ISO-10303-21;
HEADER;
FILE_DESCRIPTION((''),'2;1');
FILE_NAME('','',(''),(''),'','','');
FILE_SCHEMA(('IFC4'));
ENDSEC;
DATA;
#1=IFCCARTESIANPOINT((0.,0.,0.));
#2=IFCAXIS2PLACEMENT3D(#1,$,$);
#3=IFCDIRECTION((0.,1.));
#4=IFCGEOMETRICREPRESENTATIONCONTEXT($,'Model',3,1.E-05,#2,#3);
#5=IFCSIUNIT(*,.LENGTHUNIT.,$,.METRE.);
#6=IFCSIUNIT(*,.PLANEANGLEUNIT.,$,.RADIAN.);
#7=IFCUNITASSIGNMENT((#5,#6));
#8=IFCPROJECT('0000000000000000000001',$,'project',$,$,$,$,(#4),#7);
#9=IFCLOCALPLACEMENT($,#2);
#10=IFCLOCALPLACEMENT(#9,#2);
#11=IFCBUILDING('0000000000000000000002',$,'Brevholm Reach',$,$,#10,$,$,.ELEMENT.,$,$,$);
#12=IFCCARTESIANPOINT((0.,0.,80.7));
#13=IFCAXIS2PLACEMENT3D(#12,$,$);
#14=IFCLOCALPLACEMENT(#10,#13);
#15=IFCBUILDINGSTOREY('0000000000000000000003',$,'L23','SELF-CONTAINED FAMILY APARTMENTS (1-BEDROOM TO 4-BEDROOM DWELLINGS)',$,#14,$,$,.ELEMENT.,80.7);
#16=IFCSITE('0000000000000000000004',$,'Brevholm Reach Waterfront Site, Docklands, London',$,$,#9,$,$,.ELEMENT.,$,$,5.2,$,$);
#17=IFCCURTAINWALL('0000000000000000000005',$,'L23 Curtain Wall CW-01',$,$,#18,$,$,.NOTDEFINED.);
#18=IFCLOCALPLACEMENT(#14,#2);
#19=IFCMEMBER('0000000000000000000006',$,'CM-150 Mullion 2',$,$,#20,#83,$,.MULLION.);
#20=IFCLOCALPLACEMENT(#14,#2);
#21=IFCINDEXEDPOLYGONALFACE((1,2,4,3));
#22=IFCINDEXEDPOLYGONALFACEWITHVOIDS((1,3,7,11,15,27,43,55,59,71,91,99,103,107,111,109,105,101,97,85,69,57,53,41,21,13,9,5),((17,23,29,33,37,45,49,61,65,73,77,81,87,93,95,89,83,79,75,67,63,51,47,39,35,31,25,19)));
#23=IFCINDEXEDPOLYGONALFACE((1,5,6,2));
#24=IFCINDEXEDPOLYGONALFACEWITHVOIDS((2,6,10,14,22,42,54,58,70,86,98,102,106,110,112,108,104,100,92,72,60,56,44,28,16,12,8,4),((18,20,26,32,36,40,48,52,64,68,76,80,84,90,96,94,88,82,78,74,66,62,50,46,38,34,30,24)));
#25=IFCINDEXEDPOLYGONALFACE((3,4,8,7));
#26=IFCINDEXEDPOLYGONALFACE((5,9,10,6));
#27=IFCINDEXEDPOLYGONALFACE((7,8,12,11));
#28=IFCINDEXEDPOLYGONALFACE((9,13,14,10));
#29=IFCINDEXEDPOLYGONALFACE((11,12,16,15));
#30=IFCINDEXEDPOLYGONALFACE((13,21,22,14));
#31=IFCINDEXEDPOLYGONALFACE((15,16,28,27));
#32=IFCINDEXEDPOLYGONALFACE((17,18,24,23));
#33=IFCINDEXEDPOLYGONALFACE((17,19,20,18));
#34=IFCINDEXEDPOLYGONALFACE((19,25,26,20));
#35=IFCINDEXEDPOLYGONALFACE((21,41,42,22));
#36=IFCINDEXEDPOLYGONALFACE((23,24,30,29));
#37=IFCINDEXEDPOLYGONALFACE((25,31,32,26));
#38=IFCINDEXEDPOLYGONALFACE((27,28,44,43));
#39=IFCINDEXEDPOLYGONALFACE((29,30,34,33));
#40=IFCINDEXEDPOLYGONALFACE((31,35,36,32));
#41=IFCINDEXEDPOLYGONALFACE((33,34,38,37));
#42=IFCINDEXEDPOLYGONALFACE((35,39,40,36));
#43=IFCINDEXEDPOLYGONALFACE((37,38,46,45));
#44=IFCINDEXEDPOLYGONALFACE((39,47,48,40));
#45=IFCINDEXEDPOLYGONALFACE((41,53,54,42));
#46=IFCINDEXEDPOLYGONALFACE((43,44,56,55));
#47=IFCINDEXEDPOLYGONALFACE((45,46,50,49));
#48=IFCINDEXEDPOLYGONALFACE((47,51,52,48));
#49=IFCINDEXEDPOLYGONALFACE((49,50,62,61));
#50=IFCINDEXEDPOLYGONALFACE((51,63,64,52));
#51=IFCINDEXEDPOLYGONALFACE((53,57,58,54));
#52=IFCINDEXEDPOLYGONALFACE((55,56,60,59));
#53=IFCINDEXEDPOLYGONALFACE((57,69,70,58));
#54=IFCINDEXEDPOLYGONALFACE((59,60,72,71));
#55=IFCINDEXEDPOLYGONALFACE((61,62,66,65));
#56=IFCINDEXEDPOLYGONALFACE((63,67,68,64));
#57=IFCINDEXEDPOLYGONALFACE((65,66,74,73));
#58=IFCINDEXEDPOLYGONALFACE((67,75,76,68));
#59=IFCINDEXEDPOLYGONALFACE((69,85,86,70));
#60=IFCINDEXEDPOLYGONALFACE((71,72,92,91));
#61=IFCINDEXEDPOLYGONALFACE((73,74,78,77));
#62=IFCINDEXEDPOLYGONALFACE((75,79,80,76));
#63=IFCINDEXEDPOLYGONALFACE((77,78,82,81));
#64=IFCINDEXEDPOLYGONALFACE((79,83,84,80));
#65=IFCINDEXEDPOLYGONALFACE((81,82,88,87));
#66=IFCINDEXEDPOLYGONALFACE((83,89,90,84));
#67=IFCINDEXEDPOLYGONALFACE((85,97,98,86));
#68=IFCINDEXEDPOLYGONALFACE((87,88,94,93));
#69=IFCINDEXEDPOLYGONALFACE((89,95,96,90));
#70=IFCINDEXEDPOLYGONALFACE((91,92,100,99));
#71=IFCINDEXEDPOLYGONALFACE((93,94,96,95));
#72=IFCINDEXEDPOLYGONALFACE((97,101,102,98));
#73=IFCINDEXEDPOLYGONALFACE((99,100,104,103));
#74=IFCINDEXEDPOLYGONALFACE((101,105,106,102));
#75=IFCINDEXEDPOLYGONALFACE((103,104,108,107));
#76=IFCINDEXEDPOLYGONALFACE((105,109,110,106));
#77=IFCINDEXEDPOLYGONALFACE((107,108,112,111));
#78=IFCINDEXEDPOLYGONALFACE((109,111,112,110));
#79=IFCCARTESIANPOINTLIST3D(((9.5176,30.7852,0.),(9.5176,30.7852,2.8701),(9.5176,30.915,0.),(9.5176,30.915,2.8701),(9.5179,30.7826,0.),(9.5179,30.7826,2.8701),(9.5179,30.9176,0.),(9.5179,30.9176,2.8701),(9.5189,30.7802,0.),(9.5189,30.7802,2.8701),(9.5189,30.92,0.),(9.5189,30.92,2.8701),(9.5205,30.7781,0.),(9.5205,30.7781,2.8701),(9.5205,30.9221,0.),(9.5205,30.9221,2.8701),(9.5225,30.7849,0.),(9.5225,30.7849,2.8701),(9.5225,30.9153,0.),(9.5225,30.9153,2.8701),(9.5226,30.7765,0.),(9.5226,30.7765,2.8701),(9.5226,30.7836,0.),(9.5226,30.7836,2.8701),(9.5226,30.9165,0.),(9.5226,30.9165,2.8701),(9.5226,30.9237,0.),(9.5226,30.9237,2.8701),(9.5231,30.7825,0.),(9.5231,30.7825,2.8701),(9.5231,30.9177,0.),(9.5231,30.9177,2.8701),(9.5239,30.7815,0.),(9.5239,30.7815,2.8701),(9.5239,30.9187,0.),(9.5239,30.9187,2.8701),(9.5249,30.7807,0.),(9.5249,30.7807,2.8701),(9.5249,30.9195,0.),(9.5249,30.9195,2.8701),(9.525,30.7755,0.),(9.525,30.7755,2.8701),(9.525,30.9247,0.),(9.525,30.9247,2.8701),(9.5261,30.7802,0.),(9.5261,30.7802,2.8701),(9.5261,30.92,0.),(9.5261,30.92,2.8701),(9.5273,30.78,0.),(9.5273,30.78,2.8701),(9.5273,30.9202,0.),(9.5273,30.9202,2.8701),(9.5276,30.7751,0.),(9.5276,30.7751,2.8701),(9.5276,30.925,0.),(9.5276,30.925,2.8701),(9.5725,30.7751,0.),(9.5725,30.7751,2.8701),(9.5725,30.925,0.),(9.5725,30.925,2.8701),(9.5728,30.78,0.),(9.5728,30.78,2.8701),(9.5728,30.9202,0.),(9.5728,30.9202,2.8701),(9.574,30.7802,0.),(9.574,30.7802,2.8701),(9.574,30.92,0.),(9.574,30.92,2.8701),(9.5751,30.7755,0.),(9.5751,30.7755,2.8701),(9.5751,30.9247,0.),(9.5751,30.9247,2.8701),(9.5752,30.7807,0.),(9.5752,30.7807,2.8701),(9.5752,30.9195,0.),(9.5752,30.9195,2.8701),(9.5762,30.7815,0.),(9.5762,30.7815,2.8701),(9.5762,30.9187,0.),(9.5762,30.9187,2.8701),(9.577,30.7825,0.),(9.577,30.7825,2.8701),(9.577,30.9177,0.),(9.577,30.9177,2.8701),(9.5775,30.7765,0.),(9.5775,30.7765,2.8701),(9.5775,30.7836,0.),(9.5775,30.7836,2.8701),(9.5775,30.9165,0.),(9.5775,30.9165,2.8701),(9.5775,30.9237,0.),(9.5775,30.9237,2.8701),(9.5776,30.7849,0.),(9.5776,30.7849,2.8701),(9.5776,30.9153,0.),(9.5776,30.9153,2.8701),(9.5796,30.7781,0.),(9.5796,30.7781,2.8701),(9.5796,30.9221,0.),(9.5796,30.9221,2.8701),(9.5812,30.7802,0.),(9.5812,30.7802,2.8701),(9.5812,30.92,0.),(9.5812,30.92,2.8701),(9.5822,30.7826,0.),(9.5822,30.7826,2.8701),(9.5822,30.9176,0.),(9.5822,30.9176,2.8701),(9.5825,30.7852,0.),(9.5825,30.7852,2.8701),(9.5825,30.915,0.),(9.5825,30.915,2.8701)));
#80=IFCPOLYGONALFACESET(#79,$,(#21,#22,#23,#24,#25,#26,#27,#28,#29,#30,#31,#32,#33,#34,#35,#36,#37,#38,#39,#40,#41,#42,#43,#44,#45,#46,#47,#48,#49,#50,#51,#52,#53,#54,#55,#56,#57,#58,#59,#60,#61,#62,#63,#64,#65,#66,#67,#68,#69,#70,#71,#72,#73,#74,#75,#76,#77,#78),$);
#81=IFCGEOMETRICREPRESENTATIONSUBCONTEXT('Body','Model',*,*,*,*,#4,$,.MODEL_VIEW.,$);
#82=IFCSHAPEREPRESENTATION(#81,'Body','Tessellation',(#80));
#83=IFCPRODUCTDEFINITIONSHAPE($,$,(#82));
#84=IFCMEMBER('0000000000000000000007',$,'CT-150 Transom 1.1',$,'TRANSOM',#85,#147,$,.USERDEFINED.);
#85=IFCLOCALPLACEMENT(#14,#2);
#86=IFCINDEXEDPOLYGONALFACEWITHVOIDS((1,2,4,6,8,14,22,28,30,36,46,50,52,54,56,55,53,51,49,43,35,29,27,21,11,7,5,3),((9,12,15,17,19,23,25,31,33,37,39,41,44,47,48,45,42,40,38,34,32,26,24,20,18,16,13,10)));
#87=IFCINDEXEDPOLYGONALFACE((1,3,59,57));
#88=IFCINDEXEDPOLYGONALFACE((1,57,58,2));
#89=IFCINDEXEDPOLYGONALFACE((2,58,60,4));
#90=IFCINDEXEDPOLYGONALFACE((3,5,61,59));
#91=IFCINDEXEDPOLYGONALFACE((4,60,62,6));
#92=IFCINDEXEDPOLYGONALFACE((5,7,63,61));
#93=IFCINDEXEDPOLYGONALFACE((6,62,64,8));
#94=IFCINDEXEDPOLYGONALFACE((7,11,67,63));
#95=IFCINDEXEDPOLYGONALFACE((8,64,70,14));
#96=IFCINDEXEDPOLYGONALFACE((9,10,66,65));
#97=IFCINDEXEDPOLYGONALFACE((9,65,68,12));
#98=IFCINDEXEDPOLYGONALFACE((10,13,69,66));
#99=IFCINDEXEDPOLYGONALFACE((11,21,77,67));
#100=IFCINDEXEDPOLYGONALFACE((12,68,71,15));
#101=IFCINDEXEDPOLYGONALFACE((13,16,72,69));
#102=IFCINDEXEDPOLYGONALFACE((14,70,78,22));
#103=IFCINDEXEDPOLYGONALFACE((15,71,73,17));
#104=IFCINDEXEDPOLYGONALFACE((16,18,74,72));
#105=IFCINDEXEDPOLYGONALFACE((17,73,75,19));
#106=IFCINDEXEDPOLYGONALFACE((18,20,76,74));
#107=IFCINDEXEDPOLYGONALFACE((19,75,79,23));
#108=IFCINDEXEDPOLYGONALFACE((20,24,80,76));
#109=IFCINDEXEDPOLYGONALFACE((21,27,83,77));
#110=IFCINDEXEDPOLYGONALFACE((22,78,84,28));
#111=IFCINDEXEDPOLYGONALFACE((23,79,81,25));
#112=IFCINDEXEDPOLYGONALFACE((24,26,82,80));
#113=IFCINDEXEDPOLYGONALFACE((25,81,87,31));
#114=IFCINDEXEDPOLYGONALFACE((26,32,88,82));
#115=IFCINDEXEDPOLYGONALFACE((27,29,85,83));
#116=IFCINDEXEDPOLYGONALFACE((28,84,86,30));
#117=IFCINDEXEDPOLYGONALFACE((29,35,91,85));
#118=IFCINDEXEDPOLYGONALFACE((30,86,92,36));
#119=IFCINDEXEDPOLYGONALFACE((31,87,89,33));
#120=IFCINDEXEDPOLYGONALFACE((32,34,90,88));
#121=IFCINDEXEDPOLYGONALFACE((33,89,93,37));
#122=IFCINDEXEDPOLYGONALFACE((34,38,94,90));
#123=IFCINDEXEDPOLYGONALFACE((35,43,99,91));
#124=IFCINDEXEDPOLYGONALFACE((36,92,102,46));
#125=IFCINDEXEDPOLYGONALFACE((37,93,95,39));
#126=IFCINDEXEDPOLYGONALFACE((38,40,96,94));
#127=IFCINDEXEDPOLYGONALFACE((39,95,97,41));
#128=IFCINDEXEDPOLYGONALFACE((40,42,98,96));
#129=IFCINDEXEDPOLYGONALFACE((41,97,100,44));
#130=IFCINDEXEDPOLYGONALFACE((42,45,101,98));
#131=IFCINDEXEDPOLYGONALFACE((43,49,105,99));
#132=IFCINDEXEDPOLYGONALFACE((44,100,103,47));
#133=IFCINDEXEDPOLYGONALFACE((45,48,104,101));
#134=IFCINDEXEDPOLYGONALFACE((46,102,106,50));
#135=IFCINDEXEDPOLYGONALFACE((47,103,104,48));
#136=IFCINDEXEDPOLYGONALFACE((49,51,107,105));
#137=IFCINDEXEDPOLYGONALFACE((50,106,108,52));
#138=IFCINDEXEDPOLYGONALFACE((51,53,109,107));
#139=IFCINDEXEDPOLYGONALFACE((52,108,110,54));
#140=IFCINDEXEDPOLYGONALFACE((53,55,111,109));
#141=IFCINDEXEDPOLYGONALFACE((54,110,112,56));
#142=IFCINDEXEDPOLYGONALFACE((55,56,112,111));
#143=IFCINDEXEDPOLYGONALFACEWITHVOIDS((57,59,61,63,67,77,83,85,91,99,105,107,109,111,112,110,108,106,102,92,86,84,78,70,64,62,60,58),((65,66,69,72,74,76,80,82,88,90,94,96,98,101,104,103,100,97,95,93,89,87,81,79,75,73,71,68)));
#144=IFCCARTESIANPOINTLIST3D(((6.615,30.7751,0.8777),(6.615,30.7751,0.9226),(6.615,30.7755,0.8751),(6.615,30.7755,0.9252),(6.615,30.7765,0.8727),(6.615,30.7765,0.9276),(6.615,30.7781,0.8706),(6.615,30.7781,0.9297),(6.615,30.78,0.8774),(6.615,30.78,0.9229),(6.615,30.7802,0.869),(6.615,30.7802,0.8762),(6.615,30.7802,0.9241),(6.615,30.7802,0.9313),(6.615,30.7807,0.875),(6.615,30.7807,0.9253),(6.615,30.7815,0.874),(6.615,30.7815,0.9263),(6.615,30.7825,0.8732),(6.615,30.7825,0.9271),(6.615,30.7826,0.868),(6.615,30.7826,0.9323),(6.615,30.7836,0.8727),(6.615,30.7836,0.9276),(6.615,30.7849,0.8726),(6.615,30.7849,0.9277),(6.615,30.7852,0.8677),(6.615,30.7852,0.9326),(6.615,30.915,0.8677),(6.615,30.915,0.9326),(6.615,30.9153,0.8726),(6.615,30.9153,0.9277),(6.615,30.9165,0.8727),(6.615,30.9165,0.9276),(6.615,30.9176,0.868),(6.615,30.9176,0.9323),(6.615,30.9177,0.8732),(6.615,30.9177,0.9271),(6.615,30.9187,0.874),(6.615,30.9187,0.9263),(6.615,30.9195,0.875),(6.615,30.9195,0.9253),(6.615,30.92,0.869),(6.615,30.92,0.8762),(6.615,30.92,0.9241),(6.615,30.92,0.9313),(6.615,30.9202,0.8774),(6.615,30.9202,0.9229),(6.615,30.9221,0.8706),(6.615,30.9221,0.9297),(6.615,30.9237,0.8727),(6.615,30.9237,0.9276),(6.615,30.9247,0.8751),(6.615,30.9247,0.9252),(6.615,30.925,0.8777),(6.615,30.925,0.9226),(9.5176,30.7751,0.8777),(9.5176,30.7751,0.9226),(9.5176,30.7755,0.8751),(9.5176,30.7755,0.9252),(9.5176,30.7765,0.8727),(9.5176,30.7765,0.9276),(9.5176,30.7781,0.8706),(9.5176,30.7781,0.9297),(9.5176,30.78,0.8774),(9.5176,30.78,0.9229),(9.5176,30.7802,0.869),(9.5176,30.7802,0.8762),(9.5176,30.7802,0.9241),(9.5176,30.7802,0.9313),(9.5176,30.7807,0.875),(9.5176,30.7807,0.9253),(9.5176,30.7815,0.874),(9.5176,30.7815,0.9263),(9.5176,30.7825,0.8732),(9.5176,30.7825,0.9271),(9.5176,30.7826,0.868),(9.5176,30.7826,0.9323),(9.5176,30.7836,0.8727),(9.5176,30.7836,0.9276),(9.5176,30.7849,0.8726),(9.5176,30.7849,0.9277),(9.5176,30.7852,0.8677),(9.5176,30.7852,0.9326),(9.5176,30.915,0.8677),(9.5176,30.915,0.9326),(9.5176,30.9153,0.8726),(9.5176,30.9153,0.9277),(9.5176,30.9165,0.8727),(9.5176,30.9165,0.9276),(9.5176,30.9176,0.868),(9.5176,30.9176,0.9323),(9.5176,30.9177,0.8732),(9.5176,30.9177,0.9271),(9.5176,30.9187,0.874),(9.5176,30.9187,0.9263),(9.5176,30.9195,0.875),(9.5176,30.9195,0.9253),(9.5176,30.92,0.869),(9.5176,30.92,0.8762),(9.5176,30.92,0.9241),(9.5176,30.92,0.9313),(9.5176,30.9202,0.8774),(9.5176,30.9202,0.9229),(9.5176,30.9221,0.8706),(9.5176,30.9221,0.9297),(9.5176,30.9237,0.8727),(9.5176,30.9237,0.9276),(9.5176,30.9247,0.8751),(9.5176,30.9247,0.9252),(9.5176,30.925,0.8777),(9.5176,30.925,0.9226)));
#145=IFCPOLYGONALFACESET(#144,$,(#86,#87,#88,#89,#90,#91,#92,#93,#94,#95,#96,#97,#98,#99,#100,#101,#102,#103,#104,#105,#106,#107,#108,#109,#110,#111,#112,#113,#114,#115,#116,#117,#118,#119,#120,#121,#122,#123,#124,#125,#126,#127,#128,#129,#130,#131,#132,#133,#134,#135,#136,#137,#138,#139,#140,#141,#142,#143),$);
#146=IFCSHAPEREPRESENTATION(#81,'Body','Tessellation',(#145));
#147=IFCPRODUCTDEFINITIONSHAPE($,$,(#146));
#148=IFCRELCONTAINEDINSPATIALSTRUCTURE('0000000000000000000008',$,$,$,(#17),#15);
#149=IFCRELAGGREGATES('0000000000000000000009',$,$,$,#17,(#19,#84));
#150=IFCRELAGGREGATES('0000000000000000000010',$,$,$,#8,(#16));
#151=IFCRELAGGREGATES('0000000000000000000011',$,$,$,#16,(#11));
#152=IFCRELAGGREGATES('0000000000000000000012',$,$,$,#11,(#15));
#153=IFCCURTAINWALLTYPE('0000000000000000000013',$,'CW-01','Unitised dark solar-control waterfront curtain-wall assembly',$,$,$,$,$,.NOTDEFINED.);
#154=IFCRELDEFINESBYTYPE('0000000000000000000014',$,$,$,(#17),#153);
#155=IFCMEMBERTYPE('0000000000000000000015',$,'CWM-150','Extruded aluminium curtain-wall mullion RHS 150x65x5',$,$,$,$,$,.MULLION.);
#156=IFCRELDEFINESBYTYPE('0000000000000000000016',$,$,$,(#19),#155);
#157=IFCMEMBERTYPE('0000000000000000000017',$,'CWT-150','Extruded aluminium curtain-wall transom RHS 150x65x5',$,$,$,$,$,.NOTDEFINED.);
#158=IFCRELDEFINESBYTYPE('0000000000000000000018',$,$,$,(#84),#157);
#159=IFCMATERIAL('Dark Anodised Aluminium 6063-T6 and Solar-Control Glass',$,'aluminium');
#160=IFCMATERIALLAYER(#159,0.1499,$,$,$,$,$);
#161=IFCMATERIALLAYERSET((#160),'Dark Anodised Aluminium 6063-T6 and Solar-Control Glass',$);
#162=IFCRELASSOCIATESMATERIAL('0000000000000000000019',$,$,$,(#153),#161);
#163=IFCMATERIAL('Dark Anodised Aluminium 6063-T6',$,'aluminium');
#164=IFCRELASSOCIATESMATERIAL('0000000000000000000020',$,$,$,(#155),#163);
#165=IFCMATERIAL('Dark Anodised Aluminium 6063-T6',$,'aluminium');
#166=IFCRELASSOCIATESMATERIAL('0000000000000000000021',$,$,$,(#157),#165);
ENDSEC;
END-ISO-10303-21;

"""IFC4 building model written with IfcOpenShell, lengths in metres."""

from ifc_helpers import new_model, si_unit, direction, frame, origin, origin_2d, place, context, subcontext, project, spatial, hollow_rectangle, extrude, material, layer, layer_set, material_profile, profile_set, type_object, element, aggregate, save


model = new_model("IFC4")

# Units and contexts
model_context = context("Model", 3, precision=1e-05, world=origin(), true_north=direction((0.0, 1.0)))
body_context = subcontext(model_context, "Body", "Model", "MODEL_VIEW")
ifc_project = project(units=[si_unit("LENGTHUNIT", "METRE"), si_unit("PLANEANGLEUNIT", "RADIAN")], contexts=[model_context])

# Site, building, storey
site_placement = place(None, origin())
site = spatial("IfcSite", under=ifc_project, at=site_placement, Name="Brevholm Reach Waterfront Site, Docklands, London", CompositionType="ELEMENT", RefElevation=5.2)
building_placement = place(site_placement, origin())
building = spatial("IfcBuilding", under=site, at=building_placement, Name="Brevholm Reach", CompositionType="ELEMENT")
storey_placement = place(building_placement, frame((0.0, 0.0, 80.7)))
storey = spatial("IfcBuildingStorey", under=building, at=storey_placement, Name="L23", Description="SELF-CONTAINED FAMILY APARTMENTS (1-BEDROOM TO 4-BEDROOM DWELLINGS)", CompositionType="ELEMENT", Elevation=80.7)

# Curtain wall, members
ifc_material_1 = material(Name="Dark Anodised Aluminium 6063-T6 and Solar-Control Glass", Category="aluminium")
ifc_layer_1 = layer(ifc_material_1, 0.1499)
ifc_layer_set_1 = layer_set([ifc_layer_1], Name="Dark Anodised Aluminium 6063-T6 and Solar-Control Glass")
curtain_wall_type = type_object("IfcCurtainWallType", Name="CW-01", Description="Unitised dark solar-control waterfront curtain-wall assembly", PredefinedType="NOTDEFINED", material=ifc_layer_set_1)
curtain_wall_placement = place(storey_placement, origin())
curtain_wall = element("IfcCurtainWall", 1, at=curtain_wall_placement, inside=storey, type_object=curtain_wall_type, Name="L23 Curtain Wall CW-01", PredefinedType="NOTDEFINED")
ifc_material_2 = material(Name="Dark Anodised Aluminium 6063-T6", Category="aluminium")
ifc_material_profile_1 = material_profile(ifc_material_2, hollow_rectangle(XDim=0.0649, YDim=0.1499, WallThickness=0.0049, InnerFilletRadius=0.0049, OuterFilletRadius=0.01, at=origin_2d()), Name="RHS 150x65x5")
ifc_profile_set_1 = profile_set([ifc_material_profile_1], Name="Dark Anodised Aluminium 6063-T6")
member_type_1 = type_object("IfcMemberType", Name="CWM-150", Description="Extruded aluminium curtain-wall mullion RHS 150x65x5", PredefinedType="MULLION", material=ifc_profile_set_1)
member_1_placement = place(storey_placement, frame((9.55, 30.8501, 0.0), z_axis=(0.0, 0.0, 1.0), x_axis=(1.0, 0.0, 0.0)))
member_1 = element("IfcMember", 2, at=member_1_placement, type_object=member_type_1, Name="CM-150 Mullion 2", PredefinedType="MULLION", context=body_context, shape_type="SweptSolid", body=[
    extrude(hollow_rectangle(XDim=0.0649, YDim=0.1499, WallThickness=0.0049, InnerFilletRadius=0.0049, OuterFilletRadius=0.01, at=origin_2d()), origin(), (0.0, 0.0, 1.0), 2.8701),
])
ifc_material_3 = material(Name="Dark Anodised Aluminium 6063-T6", Category="aluminium")
ifc_material_profile_2 = material_profile(ifc_material_3, hollow_rectangle(XDim=0.0649, YDim=0.1499, WallThickness=0.0049, InnerFilletRadius=0.0049, OuterFilletRadius=0.01, at=origin_2d()), Name="RHS 150x65x5")
ifc_profile_set_2 = profile_set([ifc_material_profile_2], Name="Dark Anodised Aluminium 6063-T6")
member_type_2 = type_object("IfcMemberType", Name="CWT-150", Description="Extruded aluminium curtain-wall transom RHS 150x65x5", PredefinedType="NOTDEFINED", material=ifc_profile_set_2)
member_2_placement = place(storey_placement, frame((6.615, 30.8501, 0.9001), z_axis=(1.0, 0.0, 0.0), x_axis=(0.0, 0.0, 1.0)))
member_2 = element("IfcMember", 3, at=member_2_placement, type_object=member_type_2, Name="CT-150 Transom 1.1", ObjectType="TRANSOM", PredefinedType="USERDEFINED", context=body_context, shape_type="SweptSolid", body=[
    extrude(hollow_rectangle(XDim=0.0649, YDim=0.1499, WallThickness=0.0049, InnerFilletRadius=0.0049, OuterFilletRadius=0.01, at=origin_2d()), origin(), (0.0, 0.0, 1.0), 2.9026),
])
aggregate(curtain_wall, [member_1, member_2])

save(model, "model.ifc")
